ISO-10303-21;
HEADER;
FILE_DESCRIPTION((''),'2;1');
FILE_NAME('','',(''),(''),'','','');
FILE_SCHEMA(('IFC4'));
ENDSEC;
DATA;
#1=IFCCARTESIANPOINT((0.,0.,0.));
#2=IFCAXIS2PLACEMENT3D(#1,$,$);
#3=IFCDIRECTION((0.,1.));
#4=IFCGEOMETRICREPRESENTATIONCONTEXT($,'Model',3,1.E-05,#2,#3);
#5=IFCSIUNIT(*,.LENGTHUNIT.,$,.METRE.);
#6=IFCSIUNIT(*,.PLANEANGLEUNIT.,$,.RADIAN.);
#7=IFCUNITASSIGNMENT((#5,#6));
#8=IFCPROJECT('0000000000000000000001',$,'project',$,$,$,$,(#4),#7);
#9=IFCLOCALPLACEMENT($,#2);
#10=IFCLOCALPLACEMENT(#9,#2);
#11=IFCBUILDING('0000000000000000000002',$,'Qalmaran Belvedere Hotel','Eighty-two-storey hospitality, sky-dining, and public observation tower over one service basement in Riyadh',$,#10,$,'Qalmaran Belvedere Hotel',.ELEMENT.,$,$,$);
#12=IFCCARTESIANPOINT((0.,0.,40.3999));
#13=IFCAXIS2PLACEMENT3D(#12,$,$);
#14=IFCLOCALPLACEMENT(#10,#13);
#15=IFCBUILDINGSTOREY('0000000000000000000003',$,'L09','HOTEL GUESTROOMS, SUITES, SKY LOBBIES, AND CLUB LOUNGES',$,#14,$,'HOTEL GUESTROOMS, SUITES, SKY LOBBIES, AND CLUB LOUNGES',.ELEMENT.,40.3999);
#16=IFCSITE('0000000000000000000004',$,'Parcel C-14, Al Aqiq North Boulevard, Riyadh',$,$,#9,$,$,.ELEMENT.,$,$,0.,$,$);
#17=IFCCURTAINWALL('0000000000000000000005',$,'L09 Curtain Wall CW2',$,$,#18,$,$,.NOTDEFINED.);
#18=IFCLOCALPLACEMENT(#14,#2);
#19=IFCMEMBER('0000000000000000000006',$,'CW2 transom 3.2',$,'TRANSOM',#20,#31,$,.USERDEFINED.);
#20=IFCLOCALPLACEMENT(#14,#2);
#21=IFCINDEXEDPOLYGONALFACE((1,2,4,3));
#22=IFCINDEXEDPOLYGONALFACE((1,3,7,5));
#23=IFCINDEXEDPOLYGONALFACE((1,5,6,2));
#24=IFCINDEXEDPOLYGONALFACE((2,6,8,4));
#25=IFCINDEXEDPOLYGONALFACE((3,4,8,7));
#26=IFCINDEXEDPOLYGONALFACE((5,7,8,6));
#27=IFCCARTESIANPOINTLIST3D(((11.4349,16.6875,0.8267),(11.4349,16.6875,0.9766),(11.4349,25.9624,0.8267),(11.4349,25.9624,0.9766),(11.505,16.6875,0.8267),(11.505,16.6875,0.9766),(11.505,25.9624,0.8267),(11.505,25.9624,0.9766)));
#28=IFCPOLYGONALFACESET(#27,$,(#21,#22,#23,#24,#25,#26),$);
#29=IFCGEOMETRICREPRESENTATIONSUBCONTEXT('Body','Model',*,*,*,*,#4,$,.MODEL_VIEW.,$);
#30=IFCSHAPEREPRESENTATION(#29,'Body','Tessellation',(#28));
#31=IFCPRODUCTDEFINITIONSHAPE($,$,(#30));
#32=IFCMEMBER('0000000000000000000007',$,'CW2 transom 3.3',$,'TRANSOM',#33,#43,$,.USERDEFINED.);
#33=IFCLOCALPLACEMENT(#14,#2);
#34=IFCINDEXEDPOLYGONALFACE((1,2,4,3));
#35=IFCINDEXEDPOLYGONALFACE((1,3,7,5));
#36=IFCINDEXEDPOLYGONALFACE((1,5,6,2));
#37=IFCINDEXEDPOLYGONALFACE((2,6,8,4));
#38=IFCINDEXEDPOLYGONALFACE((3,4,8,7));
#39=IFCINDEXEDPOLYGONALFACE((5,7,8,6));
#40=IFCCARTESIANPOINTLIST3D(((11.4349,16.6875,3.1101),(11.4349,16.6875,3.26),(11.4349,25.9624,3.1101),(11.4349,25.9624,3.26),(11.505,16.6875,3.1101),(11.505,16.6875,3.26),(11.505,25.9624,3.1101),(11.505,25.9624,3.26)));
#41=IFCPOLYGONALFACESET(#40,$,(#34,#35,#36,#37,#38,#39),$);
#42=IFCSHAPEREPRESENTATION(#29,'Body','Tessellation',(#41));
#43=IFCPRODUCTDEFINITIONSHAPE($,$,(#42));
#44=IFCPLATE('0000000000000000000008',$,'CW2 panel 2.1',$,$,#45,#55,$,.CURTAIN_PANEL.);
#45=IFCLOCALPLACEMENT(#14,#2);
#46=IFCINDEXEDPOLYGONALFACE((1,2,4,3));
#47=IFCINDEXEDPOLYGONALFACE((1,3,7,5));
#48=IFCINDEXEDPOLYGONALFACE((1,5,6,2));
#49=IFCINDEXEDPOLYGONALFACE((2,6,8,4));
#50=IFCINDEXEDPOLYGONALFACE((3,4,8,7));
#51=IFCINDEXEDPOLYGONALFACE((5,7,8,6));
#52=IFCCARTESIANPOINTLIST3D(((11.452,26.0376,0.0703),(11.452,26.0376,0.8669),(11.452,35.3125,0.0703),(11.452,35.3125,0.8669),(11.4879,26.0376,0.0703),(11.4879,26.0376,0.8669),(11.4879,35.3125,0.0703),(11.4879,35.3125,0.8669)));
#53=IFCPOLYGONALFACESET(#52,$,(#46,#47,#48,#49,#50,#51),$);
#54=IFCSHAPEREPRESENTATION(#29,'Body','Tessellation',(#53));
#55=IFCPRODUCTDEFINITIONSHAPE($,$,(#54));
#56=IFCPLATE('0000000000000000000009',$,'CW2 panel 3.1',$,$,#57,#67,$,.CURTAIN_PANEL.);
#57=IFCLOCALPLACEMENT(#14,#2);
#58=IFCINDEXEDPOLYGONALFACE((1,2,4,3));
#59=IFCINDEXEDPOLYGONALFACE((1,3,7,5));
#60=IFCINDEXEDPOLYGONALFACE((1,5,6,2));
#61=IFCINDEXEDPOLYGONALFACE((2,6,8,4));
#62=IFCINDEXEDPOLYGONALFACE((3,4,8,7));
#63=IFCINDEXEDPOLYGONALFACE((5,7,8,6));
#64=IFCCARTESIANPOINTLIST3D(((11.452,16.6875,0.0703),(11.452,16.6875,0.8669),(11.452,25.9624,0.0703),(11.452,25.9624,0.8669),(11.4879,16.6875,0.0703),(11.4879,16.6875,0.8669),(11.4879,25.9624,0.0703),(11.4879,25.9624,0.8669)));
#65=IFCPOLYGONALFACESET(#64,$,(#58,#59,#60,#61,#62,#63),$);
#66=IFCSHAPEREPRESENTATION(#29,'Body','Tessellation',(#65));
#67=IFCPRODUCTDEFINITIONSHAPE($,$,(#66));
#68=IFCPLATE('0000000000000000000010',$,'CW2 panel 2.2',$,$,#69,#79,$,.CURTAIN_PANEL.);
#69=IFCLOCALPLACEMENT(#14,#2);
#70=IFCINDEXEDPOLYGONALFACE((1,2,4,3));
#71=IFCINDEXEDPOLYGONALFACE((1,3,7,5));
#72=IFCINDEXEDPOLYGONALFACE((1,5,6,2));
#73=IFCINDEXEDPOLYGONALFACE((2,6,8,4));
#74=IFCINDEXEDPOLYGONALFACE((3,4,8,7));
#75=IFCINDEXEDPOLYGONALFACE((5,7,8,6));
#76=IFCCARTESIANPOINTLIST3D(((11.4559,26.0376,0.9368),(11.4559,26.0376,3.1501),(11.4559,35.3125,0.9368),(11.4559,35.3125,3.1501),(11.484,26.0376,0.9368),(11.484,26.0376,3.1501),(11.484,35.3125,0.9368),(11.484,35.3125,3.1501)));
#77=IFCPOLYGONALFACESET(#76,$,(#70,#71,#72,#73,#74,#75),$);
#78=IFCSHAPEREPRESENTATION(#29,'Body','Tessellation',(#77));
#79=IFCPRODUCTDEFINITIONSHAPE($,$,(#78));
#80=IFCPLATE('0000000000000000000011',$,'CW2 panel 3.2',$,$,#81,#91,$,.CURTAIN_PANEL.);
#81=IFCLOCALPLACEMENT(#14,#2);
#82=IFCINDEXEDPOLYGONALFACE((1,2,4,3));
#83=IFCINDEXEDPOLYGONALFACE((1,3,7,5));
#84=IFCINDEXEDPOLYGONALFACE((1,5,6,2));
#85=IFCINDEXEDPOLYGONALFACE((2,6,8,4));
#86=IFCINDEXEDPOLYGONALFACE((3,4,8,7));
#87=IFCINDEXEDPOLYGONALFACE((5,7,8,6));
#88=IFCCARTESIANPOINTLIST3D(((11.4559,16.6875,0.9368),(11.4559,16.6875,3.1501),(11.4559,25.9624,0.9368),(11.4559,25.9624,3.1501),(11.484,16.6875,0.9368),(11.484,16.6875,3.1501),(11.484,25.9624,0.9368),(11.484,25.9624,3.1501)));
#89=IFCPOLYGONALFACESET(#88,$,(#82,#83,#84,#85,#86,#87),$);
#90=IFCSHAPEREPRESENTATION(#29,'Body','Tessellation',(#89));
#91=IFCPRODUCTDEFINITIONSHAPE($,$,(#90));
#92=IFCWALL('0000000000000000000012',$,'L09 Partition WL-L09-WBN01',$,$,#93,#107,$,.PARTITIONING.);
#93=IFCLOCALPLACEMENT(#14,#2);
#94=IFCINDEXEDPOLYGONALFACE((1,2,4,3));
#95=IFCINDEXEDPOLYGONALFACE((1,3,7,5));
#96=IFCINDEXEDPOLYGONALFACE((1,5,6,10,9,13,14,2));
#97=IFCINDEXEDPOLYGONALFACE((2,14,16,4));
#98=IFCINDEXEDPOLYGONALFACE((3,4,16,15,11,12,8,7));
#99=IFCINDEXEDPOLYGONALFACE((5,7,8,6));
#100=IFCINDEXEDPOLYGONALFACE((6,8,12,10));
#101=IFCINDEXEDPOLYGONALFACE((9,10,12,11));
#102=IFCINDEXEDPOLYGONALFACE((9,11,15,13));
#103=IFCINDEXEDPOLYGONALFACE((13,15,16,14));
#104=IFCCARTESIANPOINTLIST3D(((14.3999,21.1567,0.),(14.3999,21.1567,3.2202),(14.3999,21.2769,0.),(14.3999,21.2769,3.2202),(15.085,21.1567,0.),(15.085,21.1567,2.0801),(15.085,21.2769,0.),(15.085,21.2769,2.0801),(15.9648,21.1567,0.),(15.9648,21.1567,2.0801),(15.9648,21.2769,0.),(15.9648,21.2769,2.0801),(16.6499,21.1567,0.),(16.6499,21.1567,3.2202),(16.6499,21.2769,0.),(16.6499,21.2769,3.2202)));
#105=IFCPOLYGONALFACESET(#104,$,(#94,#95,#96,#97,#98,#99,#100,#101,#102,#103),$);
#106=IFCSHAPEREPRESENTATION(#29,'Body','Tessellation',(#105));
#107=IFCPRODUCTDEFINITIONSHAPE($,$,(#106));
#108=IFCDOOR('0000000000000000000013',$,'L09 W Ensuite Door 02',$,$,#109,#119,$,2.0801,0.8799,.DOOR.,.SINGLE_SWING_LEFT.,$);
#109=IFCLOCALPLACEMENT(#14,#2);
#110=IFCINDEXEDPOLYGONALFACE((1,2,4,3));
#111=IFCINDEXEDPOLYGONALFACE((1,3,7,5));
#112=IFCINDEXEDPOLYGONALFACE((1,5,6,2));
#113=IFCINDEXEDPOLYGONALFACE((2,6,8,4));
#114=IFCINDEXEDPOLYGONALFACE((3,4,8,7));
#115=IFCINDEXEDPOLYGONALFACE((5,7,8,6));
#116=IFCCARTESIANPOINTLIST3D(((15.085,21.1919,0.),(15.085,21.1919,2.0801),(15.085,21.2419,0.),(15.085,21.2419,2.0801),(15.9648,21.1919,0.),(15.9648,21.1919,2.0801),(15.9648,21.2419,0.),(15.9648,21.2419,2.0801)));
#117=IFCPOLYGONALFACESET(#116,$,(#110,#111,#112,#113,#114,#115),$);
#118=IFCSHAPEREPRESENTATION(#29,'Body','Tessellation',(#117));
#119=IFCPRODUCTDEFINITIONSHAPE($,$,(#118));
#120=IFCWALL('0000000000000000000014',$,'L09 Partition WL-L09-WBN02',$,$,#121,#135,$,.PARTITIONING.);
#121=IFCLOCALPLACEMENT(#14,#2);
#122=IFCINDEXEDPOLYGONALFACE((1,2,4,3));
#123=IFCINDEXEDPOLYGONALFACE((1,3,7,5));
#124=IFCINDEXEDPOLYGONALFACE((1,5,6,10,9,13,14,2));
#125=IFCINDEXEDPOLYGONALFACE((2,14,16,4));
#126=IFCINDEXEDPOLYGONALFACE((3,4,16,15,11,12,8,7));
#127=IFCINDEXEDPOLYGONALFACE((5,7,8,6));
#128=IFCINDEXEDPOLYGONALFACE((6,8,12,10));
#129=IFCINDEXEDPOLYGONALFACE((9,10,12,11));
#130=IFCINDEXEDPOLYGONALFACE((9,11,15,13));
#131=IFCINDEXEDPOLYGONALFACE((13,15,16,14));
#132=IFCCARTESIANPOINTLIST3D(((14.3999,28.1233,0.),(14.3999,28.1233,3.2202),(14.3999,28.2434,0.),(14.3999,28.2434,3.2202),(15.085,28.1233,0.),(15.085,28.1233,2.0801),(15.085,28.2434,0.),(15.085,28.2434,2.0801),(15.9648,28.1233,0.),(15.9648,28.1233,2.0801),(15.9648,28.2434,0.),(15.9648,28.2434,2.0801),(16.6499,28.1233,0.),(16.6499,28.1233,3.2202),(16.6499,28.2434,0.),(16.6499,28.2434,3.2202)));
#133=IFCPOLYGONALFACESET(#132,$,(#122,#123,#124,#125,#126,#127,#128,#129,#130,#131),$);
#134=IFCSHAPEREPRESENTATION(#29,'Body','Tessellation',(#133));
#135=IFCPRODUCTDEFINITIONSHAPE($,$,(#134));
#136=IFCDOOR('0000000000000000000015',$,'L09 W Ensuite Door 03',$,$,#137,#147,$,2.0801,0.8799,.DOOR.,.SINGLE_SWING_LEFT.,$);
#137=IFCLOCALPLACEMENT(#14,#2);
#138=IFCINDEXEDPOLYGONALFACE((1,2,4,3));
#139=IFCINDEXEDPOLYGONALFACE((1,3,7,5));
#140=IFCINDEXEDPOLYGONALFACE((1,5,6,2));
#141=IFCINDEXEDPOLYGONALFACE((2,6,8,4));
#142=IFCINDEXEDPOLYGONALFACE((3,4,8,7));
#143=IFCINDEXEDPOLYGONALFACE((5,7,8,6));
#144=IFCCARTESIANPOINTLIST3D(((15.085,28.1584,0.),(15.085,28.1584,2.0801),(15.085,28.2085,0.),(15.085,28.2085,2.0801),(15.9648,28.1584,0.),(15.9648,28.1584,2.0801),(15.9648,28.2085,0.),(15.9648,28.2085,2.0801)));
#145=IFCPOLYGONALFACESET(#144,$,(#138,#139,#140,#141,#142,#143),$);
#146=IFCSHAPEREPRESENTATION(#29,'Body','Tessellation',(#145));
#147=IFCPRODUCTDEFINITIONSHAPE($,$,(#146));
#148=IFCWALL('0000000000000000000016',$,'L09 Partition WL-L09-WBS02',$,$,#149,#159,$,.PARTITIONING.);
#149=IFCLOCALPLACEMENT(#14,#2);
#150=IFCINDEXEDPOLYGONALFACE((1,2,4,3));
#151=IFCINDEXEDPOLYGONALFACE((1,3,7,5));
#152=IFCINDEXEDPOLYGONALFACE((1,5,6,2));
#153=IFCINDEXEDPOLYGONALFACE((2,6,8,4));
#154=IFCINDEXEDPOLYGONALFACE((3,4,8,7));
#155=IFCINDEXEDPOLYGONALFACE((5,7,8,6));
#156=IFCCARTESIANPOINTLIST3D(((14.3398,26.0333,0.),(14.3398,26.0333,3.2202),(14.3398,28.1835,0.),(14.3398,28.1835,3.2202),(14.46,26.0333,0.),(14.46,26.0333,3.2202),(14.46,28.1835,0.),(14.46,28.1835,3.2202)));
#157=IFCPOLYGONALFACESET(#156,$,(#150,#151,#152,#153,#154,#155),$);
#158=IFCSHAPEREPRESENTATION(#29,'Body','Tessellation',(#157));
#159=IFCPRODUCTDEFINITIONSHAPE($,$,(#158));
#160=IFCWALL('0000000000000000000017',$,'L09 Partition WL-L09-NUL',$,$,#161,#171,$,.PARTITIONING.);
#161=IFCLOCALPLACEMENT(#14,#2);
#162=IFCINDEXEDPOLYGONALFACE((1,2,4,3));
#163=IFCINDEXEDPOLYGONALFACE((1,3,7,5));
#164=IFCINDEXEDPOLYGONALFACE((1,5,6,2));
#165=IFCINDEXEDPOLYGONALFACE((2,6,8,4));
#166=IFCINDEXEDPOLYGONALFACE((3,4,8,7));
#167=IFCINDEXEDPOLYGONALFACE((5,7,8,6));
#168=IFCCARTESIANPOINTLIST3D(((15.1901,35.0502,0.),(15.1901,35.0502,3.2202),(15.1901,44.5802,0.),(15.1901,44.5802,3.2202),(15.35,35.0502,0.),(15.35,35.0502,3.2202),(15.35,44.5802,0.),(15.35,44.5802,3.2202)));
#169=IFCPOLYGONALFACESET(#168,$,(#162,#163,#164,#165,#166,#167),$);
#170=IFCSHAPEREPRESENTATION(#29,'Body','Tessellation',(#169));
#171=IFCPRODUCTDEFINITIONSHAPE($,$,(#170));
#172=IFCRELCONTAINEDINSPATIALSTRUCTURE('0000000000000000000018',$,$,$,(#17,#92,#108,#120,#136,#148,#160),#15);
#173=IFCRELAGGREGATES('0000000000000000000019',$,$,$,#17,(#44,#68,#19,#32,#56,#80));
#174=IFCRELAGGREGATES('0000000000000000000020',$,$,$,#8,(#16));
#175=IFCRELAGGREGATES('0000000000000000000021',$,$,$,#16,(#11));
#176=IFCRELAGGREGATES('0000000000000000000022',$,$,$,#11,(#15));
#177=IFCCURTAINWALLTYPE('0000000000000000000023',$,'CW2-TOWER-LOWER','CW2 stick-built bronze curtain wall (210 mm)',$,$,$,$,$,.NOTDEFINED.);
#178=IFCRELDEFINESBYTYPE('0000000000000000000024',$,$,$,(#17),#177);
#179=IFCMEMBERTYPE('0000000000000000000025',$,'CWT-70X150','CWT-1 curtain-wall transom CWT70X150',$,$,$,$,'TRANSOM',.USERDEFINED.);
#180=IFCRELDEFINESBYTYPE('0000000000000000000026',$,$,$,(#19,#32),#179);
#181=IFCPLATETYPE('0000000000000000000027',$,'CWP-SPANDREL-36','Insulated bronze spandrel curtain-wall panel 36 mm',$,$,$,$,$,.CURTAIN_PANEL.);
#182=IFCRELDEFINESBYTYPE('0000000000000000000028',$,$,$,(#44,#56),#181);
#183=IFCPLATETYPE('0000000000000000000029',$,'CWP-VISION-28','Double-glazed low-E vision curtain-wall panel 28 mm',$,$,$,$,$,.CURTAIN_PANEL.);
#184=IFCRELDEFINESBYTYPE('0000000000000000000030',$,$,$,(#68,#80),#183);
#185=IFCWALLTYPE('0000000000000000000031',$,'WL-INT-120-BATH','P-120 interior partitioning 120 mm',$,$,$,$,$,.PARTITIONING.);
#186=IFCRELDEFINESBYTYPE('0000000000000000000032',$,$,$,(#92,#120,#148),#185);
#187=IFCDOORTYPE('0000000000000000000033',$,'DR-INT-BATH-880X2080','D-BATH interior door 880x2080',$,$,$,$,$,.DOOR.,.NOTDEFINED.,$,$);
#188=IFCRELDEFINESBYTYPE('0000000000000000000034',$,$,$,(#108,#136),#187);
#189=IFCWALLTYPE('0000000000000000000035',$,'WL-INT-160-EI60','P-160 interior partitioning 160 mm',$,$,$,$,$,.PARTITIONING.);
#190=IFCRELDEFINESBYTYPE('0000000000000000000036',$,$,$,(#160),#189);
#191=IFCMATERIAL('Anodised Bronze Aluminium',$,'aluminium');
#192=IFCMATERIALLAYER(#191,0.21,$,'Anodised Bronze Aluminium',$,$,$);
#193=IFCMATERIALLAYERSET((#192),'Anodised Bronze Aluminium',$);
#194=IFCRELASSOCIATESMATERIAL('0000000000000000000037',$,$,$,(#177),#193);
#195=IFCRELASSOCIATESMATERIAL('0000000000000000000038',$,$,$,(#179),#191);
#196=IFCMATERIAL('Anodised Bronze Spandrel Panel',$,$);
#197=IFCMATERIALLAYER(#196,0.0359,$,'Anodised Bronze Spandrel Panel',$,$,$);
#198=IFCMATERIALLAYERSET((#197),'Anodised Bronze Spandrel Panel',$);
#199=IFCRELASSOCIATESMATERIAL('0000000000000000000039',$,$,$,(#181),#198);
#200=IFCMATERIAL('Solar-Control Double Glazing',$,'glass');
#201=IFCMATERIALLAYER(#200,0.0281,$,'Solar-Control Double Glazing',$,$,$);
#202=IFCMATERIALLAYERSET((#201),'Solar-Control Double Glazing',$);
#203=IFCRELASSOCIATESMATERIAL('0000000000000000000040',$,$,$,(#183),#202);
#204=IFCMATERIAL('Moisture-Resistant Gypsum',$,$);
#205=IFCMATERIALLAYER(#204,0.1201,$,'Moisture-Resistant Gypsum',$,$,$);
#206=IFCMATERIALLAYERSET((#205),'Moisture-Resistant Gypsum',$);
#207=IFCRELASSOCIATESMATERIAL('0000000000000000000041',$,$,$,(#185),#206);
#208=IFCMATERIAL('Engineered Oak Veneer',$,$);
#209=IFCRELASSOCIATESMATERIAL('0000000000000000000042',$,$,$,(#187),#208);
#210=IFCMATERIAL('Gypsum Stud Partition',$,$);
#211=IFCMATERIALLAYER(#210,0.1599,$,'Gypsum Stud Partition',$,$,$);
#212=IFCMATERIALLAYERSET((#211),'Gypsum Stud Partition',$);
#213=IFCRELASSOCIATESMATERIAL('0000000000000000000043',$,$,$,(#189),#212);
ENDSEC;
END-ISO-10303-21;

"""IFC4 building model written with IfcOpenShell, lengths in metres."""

from ifc_helpers import new_model, si_unit, direction, frame, frame_2d, origin, origin_2d, place, context, subcontext, project, spatial, rectangle, extrude, material, layer, layer_set, material_profile, profile_set, type_object, element, fill, aggregate, save


model = new_model("IFC4")

# Units and contexts
model_context = context("Model", 3, precision=1e-05, world=origin(), true_north=direction((0.0, 1.0)))
body_context = subcontext(model_context, "Body", "Model", "MODEL_VIEW")
ifc_project = project(units=[si_unit("LENGTHUNIT", "METRE"), si_unit("PLANEANGLEUNIT", "RADIAN")], contexts=[model_context])

# Site, building, storey
site_placement = place(None, origin())
site = spatial("IfcSite", under=ifc_project, at=site_placement, Name="Parcel C-14, Al Aqiq North Boulevard, Riyadh", CompositionType="ELEMENT", RefElevation=0.0)
building_placement = place(site_placement, origin())
building = spatial("IfcBuilding", under=site, at=building_placement, Name="Qalmaran Belvedere Hotel", Description="Eighty-two-storey hospitality, sky-dining, and public observation tower over one service basement in Riyadh", LongName="Qalmaran Belvedere Hotel", CompositionType="ELEMENT")
storey_placement = place(building_placement, frame((0.0, 0.0, 40.3999)))
storey = spatial("IfcBuildingStorey", under=building, at=storey_placement, Name="L09", Description="HOTEL GUESTROOMS, SUITES, SKY LOBBIES, AND CLUB LOUNGES", LongName="HOTEL GUESTROOMS, SUITES, SKY LOBBIES, AND CLUB LOUNGES", CompositionType="ELEMENT", Elevation=40.3999)

# Curtain wall, members, plates
ifc_material_1 = material(Name="Anodised Bronze Aluminium", Category="aluminium")
ifc_layer_1 = layer(ifc_material_1, 0.21, Name="Anodised Bronze Aluminium")
ifc_layer_set_1 = layer_set([ifc_layer_1], Name="Anodised Bronze Aluminium")
curtain_wall_type = type_object("IfcCurtainWallType", Name="CW2-TOWER-LOWER", Description="CW2 stick-built bronze curtain wall (210 mm)", PredefinedType="NOTDEFINED", material=ifc_layer_set_1)
curtain_wall_placement = place(storey_placement, origin())
curtain_wall = element("IfcCurtainWall", 1, at=curtain_wall_placement, inside=storey, type_object=curtain_wall_type, Name="L09 Curtain Wall CW2", PredefinedType="NOTDEFINED")
ifc_material_profile_1 = material_profile(ifc_material_1, rectangle(XDim=0.0701, YDim=0.1499, at=origin_2d()), Name="CWT70X150")
ifc_profile_set_1 = profile_set([ifc_material_profile_1], Name="Anodised Bronze Aluminium")
member_type_1 = type_object("IfcMemberType", Name="CWT-70X150", Description="CWT-1 curtain-wall transom CWT70X150", ElementType="TRANSOM", PredefinedType="USERDEFINED", material=ifc_profile_set_1)
member_1_placement = place(storey_placement, frame((11.47, 25.9624, 0.9016), z_axis=(0.0, -1.0, 0.0), x_axis=(1.0, 0.0, 0.0)))
member_1 = element("IfcMember", 2, at=member_1_placement, type_object=member_type_1, Name="CW2 transom 3.2", ObjectType="TRANSOM", PredefinedType="USERDEFINED", context=body_context, shape_type="SweptSolid", body=[
    extrude(rectangle(XDim=0.0701, YDim=0.1499, at=origin_2d()), origin(), (0.0, 0.0, 1.0), 9.2749),
])
member_2_placement = place(storey_placement, frame((11.47, 25.9624, 3.1851), z_axis=(0.0, -1.0, 0.0), x_axis=(1.0, 0.0, 0.0)))
member_2 = element("IfcMember", 3, at=member_2_placement, type_object=member_type_1, Name="CW2 transom 3.3", ObjectType="TRANSOM", PredefinedType="USERDEFINED", context=body_context, shape_type="SweptSolid", body=[
    extrude(rectangle(XDim=0.0701, YDim=0.1499, at=origin_2d()), origin(), (0.0, 0.0, 1.0), 9.2749),
])
ifc_material_2 = material(Name="Anodised Bronze Spandrel Panel")
ifc_layer_2 = layer(ifc_material_2, 0.0359, Name="Anodised Bronze Spandrel Panel")
ifc_layer_set_2 = layer_set([ifc_layer_2], Name="Anodised Bronze Spandrel Panel")
plate_type_1 = type_object("IfcPlateType", Name="CWP-SPANDREL-36", Description="Insulated bronze spandrel curtain-wall panel 36 mm", PredefinedType="CURTAIN_PANEL", material=ifc_layer_set_2)
plate_1_placement = place(storey_placement, frame((11.47, 30.675, 0.0703), z_axis=(0.0, 0.0, 1.0), x_axis=(0.0, -1.0, 0.0)))
plate_1 = element("IfcPlate", 4, at=plate_1_placement, type_object=plate_type_1, Name="CW2 panel 2.1", PredefinedType="CURTAIN_PANEL", context=body_context, shape_type="SweptSolid", body=[
    extrude(rectangle(XDim=9.2749, YDim=0.0359, at=origin_2d()), origin(), (0.0, 0.0, 1.0), 0.7966),
])
plate_2_placement = place(storey_placement, frame((11.47, 21.325, 0.0703), z_axis=(0.0, 0.0, 1.0), x_axis=(0.0, -1.0, 0.0)))
plate_2 = element("IfcPlate", 5, at=plate_2_placement, type_object=plate_type_1, Name="CW2 panel 3.1", PredefinedType="CURTAIN_PANEL", context=body_context, shape_type="SweptSolid", body=[
    extrude(rectangle(XDim=9.2749, YDim=0.0359, at=origin_2d()), origin(), (0.0, 0.0, 1.0), 0.7966),
])
ifc_material_3 = material(Name="Solar-Control Double Glazing", Category="glass")
ifc_layer_3 = layer(ifc_material_3, 0.0281, Name="Solar-Control Double Glazing")
ifc_layer_set_3 = layer_set([ifc_layer_3], Name="Solar-Control Double Glazing")
plate_type_2 = type_object("IfcPlateType", Name="CWP-VISION-28", Description="Double-glazed low-E vision curtain-wall panel 28 mm", PredefinedType="CURTAIN_PANEL", material=ifc_layer_set_3)
plate_3_placement = place(storey_placement, frame((11.47, 30.675, 0.9368), z_axis=(0.0, 0.0, 1.0), x_axis=(0.0, -1.0, 0.0)))
plate_3 = element("IfcPlate", 6, at=plate_3_placement, type_object=plate_type_2, Name="CW2 panel 2.2", PredefinedType="CURTAIN_PANEL", context=body_context, shape_type="SweptSolid", body=[
    extrude(rectangle(XDim=9.2749, YDim=0.0281, at=origin_2d()), origin(), (0.0, 0.0, 1.0), 2.2134),
])
plate_4_placement = place(storey_placement, frame((11.47, 21.325, 0.9368), z_axis=(0.0, 0.0, 1.0), x_axis=(0.0, -1.0, 0.0)))
plate_4 = element("IfcPlate", 7, at=plate_4_placement, type_object=plate_type_2, Name="CW2 panel 3.2", PredefinedType="CURTAIN_PANEL", context=body_context, shape_type="SweptSolid", body=[
    extrude(rectangle(XDim=9.2749, YDim=0.0281, at=origin_2d()), origin(), (0.0, 0.0, 1.0), 2.2134),
])
aggregate(curtain_wall, [plate_1, plate_3, member_1, member_2, plate_2, plate_4])

# Walls, openings, doors
ifc_material_4 = material(Name="Moisture-Resistant Gypsum")
ifc_layer_4 = layer(ifc_material_4, 0.1201, Name="Moisture-Resistant Gypsum")
ifc_layer_set_4 = layer_set([ifc_layer_4], Name="Moisture-Resistant Gypsum")
wall_type_1 = type_object("IfcWallType", Name="WL-INT-120-BATH", Description="P-120 interior partitioning 120 mm", PredefinedType="PARTITIONING", material=ifc_layer_set_4)
wall_1_placement = place(storey_placement, frame((14.3999, 21.2168, 0.0), z_axis=(0.0, 0.0, 1.0), x_axis=(1.0, 0.0, 0.0)))
wall_1 = element("IfcWall", 8, at=wall_1_placement, inside=storey, type_object=wall_type_1, Name="L09 Partition WL-L09-WBN01", PredefinedType="PARTITIONING", context=body_context, shape_type="SweptSolid", body=[
    extrude(rectangle(XDim=2.25, YDim=0.1201, at=frame_2d((1.125, 0.0))), origin(), (0.0, 0.0, 1.0), 3.2202),
])
opening_1_placement = place(wall_1_placement, frame((1.5649, 0.0, 0.0), z_axis=(0.0, 0.0, 1.0), x_axis=(-1.0, 0.0, 0.0)))
opening_1 = element("IfcOpeningElement", 9, at=opening_1_placement, cuts=wall_1, PredefinedType="OPENING", context=body_context, shape_type="SweptSolid", body=[
    extrude(rectangle(XDim=0.8799, YDim=2.0801, at=frame_2d((0.4399, 1.04))), frame((0.0, 0.0701, 0.0), z_axis=(0.0, -1.0, 0.0), x_axis=(1.0, 0.0, 0.0)), (0.0, 0.0, 1.0), 0.1401),
])
ifc_material_5 = material(Name="Engineered Oak Veneer")
door_type_1 = type_object("IfcDoorType", Name="DR-INT-BATH-880X2080", Description="D-BATH interior door 880x2080", OperationType="NOTDEFINED", PredefinedType="DOOR", material=ifc_material_5)
door_1_placement = place(opening_1_placement, origin())
door_1 = element("IfcDoor", 10, at=door_1_placement, inside=storey, type_object=door_type_1, Name="L09 W Ensuite Door 02", OperationType="SINGLE_SWING_LEFT", OverallHeight=2.0801, OverallWidth=0.8799, PredefinedType="DOOR", context=body_context, shape_type="SweptSolid", body=[
    extrude(rectangle(XDim=0.8799, YDim=2.0801, at=frame_2d((0.4399, 1.04))), frame((0.0, 0.0249, 0.0), z_axis=(0.0, -1.0, 0.0), x_axis=(1.0, 0.0, 0.0)), (0.0, 0.0, 1.0), 0.05),
])
fill(opening_1, door_1)
wall_2_placement = place(storey_placement, frame((14.3999, 28.1833, 0.0), z_axis=(0.0, 0.0, 1.0), x_axis=(1.0, 0.0, 0.0)))
wall_2 = element("IfcWall", 11, at=wall_2_placement, inside=storey, type_object=wall_type_1, Name="L09 Partition WL-L09-WBN02", PredefinedType="PARTITIONING", context=body_context, shape_type="SweptSolid", body=[
    extrude(rectangle(XDim=2.25, YDim=0.1201, at=frame_2d((1.125, 0.0))), origin(), (0.0, 0.0, 1.0), 3.2202),
])
opening_2_placement = place(wall_2_placement, frame((1.5649, 0.0, 0.0), z_axis=(0.0, 0.0, 1.0), x_axis=(-1.0, 0.0, 0.0)))
opening_2 = element("IfcOpeningElement", 12, at=opening_2_placement, cuts=wall_2, PredefinedType="OPENING", context=body_context, shape_type="SweptSolid", body=[
    extrude(rectangle(XDim=0.8799, YDim=2.0801, at=frame_2d((0.4399, 1.04))), frame((0.0, 0.0701, 0.0), z_axis=(0.0, -1.0, 0.0), x_axis=(1.0, 0.0, 0.0)), (0.0, 0.0, 1.0), 0.1401),
])
door_2_placement = place(opening_2_placement, origin())
door_2 = element("IfcDoor", 13, at=door_2_placement, inside=storey, type_object=door_type_1, Name="L09 W Ensuite Door 03", OperationType="SINGLE_SWING_LEFT", OverallHeight=2.0801, OverallWidth=0.8799, PredefinedType="DOOR", context=body_context, shape_type="SweptSolid", body=[
    extrude(rectangle(XDim=0.8799, YDim=2.0801, at=frame_2d((0.4399, 1.04))), frame((0.0, 0.0249, 0.0), z_axis=(0.0, -1.0, 0.0), x_axis=(1.0, 0.0, 0.0)), (0.0, 0.0, 1.0), 0.05),
])
fill(opening_2, door_2)

# Wall
wall_3_placement = place(storey_placement, frame((14.3999, 26.0332, 0.0), z_axis=(0.0, 0.0, 1.0), x_axis=(0.0, 1.0, 0.0)))
element("IfcWall", 14, at=wall_3_placement, inside=storey, type_object=wall_type_1, Name="L09 Partition WL-L09-WBS02", PredefinedType="PARTITIONING", context=body_context, shape_type="SweptSolid", body=[
    extrude(rectangle(XDim=2.1501, YDim=0.1201, at=frame_2d((1.0752, 0.0))), origin(), (0.0, 0.0, 1.0), 3.2202),
])

# Shared definitions
ifc_material_6 = material(Name="Gypsum Stud Partition")

# Wall
ifc_layer_5 = layer(ifc_material_6, 0.1599, Name="Gypsum Stud Partition")
ifc_layer_set_5 = layer_set([ifc_layer_5], Name="Gypsum Stud Partition")
wall_type_2 = type_object("IfcWallType", Name="WL-INT-160-EI60", Description="P-160 interior partitioning 160 mm", PredefinedType="PARTITIONING", material=ifc_layer_set_5)
wall_4_placement = place(storey_placement, frame((15.27, 35.05, 0.0), z_axis=(0.0, 0.0, 1.0), x_axis=(0.0, 1.0, 0.0)))
element("IfcWall", 15, at=wall_4_placement, inside=storey, type_object=wall_type_2, Name="L09 Partition WL-L09-NUL", PredefinedType="PARTITIONING", context=body_context, shape_type="SweptSolid", body=[
    extrude(rectangle(XDim=9.53, YDim=0.1599, at=frame_2d((4.7651, 0.0))), origin(), (0.0, 0.0, 1.0), 3.2202),
])

save(model, "model.ifc")
